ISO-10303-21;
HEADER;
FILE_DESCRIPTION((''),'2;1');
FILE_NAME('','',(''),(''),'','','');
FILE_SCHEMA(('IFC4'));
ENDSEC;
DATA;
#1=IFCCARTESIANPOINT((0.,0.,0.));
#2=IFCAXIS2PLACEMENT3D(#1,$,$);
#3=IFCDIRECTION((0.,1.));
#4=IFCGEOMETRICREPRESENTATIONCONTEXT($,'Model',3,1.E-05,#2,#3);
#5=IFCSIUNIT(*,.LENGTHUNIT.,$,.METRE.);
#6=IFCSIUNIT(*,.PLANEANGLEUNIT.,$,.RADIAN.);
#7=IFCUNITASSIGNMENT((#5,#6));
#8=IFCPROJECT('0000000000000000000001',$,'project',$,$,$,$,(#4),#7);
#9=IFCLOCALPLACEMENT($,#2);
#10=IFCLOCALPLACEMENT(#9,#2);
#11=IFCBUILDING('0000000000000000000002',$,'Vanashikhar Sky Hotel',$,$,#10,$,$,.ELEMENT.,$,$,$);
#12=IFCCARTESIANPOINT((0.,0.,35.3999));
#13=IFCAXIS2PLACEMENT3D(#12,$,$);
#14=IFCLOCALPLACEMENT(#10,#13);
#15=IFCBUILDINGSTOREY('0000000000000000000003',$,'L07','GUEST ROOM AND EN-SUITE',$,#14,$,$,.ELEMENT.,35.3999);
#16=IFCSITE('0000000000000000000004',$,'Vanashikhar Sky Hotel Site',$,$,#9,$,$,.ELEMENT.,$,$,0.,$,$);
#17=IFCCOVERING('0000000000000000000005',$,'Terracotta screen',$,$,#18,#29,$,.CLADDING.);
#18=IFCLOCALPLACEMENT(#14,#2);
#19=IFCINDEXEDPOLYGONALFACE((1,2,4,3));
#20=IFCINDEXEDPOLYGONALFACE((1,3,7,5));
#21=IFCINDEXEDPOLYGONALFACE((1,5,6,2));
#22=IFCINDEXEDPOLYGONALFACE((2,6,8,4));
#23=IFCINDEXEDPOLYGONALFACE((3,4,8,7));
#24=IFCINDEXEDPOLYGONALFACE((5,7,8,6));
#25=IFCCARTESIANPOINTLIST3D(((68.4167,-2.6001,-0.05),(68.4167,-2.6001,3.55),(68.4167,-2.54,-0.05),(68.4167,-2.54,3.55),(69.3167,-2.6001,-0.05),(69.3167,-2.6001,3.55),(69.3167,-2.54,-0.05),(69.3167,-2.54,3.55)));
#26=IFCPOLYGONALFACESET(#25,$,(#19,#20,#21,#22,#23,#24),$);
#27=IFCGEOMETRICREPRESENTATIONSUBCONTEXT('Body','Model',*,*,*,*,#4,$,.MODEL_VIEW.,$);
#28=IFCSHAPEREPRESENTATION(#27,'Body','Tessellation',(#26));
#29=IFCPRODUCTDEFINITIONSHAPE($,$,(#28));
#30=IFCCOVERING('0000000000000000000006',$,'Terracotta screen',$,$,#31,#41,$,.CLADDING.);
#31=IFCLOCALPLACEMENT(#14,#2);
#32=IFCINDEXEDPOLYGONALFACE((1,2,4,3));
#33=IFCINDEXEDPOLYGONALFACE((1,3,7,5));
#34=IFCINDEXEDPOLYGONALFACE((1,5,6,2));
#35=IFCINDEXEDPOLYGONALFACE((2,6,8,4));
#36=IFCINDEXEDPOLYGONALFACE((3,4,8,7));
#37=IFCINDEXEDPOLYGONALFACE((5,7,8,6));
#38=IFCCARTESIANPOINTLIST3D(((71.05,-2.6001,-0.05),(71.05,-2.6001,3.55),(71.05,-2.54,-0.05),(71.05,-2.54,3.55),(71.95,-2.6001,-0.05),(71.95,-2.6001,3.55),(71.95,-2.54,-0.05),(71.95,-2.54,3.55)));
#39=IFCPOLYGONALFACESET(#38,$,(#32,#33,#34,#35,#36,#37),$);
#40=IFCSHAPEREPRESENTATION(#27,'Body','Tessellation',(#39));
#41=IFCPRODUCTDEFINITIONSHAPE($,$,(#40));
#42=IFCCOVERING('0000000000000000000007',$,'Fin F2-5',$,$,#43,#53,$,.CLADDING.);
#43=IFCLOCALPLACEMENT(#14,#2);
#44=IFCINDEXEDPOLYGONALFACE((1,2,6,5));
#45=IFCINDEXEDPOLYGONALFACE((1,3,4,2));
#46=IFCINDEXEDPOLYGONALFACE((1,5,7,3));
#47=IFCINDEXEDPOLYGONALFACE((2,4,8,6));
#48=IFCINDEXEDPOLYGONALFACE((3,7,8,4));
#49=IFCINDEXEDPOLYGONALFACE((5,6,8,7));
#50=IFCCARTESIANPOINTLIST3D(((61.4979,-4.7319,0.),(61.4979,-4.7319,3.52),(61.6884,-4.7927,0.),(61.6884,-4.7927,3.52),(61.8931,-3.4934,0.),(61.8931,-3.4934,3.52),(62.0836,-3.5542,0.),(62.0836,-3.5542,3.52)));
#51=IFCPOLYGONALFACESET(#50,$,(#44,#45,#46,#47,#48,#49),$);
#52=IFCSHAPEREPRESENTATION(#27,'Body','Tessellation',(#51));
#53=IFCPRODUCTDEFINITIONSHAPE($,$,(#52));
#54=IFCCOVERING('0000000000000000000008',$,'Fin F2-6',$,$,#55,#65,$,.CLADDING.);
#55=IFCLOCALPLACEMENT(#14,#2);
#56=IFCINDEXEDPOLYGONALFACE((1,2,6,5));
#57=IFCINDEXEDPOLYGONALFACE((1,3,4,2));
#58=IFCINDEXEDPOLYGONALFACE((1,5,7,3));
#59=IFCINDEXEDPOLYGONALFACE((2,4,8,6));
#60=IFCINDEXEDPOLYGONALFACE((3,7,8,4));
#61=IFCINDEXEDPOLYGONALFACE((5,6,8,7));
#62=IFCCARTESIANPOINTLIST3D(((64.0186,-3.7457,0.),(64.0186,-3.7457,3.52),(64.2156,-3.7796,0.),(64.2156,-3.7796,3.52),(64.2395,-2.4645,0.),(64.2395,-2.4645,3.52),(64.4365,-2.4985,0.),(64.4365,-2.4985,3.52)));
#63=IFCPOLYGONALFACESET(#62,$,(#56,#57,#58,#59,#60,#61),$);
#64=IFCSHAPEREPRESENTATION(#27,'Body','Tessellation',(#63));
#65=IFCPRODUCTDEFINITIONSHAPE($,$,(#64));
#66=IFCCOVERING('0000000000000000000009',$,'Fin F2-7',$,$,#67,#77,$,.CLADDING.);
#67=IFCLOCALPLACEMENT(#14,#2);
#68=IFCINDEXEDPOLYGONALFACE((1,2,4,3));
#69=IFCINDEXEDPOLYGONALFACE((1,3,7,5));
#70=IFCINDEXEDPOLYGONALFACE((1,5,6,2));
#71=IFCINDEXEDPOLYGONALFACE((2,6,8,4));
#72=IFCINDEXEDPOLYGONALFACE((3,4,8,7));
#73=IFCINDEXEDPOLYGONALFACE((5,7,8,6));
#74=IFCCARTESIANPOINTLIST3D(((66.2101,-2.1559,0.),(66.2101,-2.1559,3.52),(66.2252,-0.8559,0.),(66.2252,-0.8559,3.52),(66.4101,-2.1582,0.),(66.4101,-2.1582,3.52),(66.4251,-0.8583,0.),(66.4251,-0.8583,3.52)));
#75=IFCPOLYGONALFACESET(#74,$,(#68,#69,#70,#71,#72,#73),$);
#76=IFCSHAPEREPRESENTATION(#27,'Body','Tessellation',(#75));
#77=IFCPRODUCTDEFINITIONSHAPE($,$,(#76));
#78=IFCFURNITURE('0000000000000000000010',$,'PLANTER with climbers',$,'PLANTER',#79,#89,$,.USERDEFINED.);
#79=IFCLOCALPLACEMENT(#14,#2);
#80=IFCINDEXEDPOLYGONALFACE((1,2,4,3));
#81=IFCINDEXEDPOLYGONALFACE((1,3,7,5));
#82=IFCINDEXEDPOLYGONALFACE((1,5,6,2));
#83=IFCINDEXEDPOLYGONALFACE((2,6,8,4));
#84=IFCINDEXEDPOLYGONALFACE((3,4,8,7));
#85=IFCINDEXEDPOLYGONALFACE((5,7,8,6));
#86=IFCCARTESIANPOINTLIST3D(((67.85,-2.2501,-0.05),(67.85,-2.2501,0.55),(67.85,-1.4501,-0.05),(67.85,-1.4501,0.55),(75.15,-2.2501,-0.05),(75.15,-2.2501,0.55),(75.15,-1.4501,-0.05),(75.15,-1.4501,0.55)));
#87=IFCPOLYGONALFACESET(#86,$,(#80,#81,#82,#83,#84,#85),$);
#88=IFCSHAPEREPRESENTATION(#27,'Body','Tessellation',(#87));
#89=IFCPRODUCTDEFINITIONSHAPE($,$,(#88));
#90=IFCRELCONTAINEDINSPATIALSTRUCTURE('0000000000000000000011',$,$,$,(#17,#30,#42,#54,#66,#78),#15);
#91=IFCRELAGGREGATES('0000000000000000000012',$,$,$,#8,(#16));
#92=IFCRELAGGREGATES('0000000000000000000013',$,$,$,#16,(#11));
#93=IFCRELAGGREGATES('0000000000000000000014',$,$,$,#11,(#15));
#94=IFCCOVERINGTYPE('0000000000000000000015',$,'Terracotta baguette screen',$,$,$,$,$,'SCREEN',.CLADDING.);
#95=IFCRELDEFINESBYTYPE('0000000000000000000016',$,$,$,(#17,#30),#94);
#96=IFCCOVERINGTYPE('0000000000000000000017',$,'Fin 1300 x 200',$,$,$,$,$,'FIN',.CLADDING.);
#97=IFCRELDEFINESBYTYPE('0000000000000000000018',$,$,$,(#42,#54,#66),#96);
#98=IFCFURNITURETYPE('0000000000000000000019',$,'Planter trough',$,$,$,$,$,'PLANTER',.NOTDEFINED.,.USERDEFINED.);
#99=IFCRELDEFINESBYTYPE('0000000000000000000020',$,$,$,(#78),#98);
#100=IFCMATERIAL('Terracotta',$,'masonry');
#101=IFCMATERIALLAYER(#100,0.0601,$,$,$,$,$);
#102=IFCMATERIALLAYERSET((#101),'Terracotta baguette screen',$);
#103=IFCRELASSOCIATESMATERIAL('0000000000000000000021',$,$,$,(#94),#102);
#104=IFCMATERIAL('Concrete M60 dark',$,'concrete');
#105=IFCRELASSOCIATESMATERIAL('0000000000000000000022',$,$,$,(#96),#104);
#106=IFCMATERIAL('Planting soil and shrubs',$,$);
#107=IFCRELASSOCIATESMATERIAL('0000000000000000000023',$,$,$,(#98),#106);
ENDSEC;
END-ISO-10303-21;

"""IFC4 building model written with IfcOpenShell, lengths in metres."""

from ifc_helpers import new_model, si_unit, direction, frame, origin, origin_2d, place, context, subcontext, project, spatial, rectangle, extrude, source, transform, mapped, material, layer, layer_set, material_profile, profile_set, type_object, element, save


model = new_model("IFC4")

# Units and contexts
model_context = context("Model", 3, precision=1e-05, world=origin(), true_north=direction((0.0, 1.0)))
body_context = subcontext(model_context, "Body", "Model", "MODEL_VIEW")
ifc_project = project(units=[si_unit("LENGTHUNIT", "METRE"), si_unit("PLANEANGLEUNIT", "RADIAN")], contexts=[model_context])

# Site, building, storey
site_placement = place(None, origin())
site = spatial("IfcSite", under=ifc_project, at=site_placement, Name="Vanashikhar Sky Hotel Site", CompositionType="ELEMENT", RefElevation=0.0)
building_placement = place(site_placement, origin())
building = spatial("IfcBuilding", under=site, at=building_placement, Name="Vanashikhar Sky Hotel", CompositionType="ELEMENT")
storey_placement = place(building_placement, frame((0.0, 0.0, 35.3999)))
storey = spatial("IfcBuildingStorey", under=building, at=storey_placement, Name="L07", Description="GUEST ROOM AND EN-SUITE", CompositionType="ELEMENT", Elevation=35.3999)

# Coverings
ifc_material_1 = material(Name="Terracotta", Category="masonry")
ifc_layer_1 = layer(ifc_material_1, 0.0601)
ifc_layer_set_1 = layer_set([ifc_layer_1], Name="Terracotta baguette screen")
covering_type_1 = type_object("IfcCoveringType", Name="Terracotta baguette screen", ElementType="SCREEN", PredefinedType="CLADDING", material=ifc_layer_set_1)
shared_shape_1 = source(origin(), body_context, "Body", "SweptSolid", [
    extrude(rectangle(XDim=0.8999, YDim=0.0601, at=origin_2d()), origin(), (0.0, 0.0, 1.0), 3.6001),
])
for number, where, z_axis, x_axis, name in (
    (1, (68.8667, -2.5701, -0.05), (0.0, 0.0, 1.0), (1.0, 0.0, 0.0), "Terracotta screen"),
    (2, (71.5, -2.5701, -0.05), (0.0, 0.0, 1.0), (1.0, 0.0, 0.0), "Terracotta screen"),
):
    element("IfcCovering", number, at=place(storey_placement, frame(where, z_axis=z_axis, x_axis=x_axis)), inside=storey, type_object=covering_type_1, Name=name, PredefinedType="CLADDING", context=body_context, shape_type="MappedRepresentation", body=[
        mapped(shared_shape_1, transform((0.0, 0.0, 0.0), scale=1.0)),
    ])
ifc_material_2 = material(Name="Concrete M60 dark", Category="concrete")
ifc_material_profile = material_profile(ifc_material_2, rectangle(XDim=1.3, YDim=0.2, at=origin_2d()))
ifc_profile_set = profile_set([ifc_material_profile], Name="Fin 1300 x 200")
covering_type_2 = type_object("IfcCoveringType", Name="Fin 1300 x 200", ElementType="FIN", PredefinedType="CLADDING", material=ifc_profile_set)
shared_shape_2 = source(origin(), body_context, "Body", "SweptSolid", [
    extrude(rectangle(XDim=1.3, YDim=0.2, at=origin_2d()), origin(), (0.0, 0.0, 1.0), 3.52),
])
for number, where, z_axis, x_axis, name in (
    (3, (61.7908, -4.1431, 0.0), (0.0, 0.0, 1.0), (-0.303967, -0.952683, 0.0), "Fin F2-5"),
    (4, (64.2275, -3.1221, 0.0), (0.0, 0.0, 1.0), (-0.1699, -0.985461, 0.0), "Fin F2-6"),
    (5, (66.3176, -1.5071, 0.0), (0.0, 0.0, 1.0), (-0.011589, -0.999933, 0.0), "Fin F2-7"),
):
    element("IfcCovering", number, at=place(storey_placement, frame(where, z_axis=z_axis, x_axis=x_axis)), inside=storey, type_object=covering_type_2, Name=name, PredefinedType="CLADDING", context=body_context, shape_type="MappedRepresentation", body=[
        mapped(shared_shape_2, transform((0.0, 0.0, 0.0), scale=1.0)),
    ])

# Furniture
ifc_material_3 = material(Name="Planting soil and shrubs")
furniture_type = type_object("IfcFurnitureType", Name="Planter trough", ElementType="PLANTER", AssemblyPlace="NOTDEFINED", PredefinedType="USERDEFINED", material=ifc_material_3)
shared_shape_3 = source(origin(), body_context, "Body", "SweptSolid", [
    extrude(rectangle(XDim=7.3, YDim=0.8, at=origin_2d()), origin(), (0.0, 0.0, 1.0), 0.6001),
])
furniture_placement = place(storey_placement, frame((71.5, -1.8501, -0.05), z_axis=(0.0, 0.0, 1.0), x_axis=(1.0, 0.0, 0.0)))
element("IfcFurniture", 6, at=furniture_placement, inside=storey, type_object=furniture_type, Name="PLANTER with climbers", ObjectType="PLANTER", PredefinedType="USERDEFINED", context=body_context, shape_type="MappedRepresentation", body=[
    mapped(shared_shape_3, transform((0.0, 0.0, 0.0), scale=1.0)),
])

save(model, "model.ifc")
